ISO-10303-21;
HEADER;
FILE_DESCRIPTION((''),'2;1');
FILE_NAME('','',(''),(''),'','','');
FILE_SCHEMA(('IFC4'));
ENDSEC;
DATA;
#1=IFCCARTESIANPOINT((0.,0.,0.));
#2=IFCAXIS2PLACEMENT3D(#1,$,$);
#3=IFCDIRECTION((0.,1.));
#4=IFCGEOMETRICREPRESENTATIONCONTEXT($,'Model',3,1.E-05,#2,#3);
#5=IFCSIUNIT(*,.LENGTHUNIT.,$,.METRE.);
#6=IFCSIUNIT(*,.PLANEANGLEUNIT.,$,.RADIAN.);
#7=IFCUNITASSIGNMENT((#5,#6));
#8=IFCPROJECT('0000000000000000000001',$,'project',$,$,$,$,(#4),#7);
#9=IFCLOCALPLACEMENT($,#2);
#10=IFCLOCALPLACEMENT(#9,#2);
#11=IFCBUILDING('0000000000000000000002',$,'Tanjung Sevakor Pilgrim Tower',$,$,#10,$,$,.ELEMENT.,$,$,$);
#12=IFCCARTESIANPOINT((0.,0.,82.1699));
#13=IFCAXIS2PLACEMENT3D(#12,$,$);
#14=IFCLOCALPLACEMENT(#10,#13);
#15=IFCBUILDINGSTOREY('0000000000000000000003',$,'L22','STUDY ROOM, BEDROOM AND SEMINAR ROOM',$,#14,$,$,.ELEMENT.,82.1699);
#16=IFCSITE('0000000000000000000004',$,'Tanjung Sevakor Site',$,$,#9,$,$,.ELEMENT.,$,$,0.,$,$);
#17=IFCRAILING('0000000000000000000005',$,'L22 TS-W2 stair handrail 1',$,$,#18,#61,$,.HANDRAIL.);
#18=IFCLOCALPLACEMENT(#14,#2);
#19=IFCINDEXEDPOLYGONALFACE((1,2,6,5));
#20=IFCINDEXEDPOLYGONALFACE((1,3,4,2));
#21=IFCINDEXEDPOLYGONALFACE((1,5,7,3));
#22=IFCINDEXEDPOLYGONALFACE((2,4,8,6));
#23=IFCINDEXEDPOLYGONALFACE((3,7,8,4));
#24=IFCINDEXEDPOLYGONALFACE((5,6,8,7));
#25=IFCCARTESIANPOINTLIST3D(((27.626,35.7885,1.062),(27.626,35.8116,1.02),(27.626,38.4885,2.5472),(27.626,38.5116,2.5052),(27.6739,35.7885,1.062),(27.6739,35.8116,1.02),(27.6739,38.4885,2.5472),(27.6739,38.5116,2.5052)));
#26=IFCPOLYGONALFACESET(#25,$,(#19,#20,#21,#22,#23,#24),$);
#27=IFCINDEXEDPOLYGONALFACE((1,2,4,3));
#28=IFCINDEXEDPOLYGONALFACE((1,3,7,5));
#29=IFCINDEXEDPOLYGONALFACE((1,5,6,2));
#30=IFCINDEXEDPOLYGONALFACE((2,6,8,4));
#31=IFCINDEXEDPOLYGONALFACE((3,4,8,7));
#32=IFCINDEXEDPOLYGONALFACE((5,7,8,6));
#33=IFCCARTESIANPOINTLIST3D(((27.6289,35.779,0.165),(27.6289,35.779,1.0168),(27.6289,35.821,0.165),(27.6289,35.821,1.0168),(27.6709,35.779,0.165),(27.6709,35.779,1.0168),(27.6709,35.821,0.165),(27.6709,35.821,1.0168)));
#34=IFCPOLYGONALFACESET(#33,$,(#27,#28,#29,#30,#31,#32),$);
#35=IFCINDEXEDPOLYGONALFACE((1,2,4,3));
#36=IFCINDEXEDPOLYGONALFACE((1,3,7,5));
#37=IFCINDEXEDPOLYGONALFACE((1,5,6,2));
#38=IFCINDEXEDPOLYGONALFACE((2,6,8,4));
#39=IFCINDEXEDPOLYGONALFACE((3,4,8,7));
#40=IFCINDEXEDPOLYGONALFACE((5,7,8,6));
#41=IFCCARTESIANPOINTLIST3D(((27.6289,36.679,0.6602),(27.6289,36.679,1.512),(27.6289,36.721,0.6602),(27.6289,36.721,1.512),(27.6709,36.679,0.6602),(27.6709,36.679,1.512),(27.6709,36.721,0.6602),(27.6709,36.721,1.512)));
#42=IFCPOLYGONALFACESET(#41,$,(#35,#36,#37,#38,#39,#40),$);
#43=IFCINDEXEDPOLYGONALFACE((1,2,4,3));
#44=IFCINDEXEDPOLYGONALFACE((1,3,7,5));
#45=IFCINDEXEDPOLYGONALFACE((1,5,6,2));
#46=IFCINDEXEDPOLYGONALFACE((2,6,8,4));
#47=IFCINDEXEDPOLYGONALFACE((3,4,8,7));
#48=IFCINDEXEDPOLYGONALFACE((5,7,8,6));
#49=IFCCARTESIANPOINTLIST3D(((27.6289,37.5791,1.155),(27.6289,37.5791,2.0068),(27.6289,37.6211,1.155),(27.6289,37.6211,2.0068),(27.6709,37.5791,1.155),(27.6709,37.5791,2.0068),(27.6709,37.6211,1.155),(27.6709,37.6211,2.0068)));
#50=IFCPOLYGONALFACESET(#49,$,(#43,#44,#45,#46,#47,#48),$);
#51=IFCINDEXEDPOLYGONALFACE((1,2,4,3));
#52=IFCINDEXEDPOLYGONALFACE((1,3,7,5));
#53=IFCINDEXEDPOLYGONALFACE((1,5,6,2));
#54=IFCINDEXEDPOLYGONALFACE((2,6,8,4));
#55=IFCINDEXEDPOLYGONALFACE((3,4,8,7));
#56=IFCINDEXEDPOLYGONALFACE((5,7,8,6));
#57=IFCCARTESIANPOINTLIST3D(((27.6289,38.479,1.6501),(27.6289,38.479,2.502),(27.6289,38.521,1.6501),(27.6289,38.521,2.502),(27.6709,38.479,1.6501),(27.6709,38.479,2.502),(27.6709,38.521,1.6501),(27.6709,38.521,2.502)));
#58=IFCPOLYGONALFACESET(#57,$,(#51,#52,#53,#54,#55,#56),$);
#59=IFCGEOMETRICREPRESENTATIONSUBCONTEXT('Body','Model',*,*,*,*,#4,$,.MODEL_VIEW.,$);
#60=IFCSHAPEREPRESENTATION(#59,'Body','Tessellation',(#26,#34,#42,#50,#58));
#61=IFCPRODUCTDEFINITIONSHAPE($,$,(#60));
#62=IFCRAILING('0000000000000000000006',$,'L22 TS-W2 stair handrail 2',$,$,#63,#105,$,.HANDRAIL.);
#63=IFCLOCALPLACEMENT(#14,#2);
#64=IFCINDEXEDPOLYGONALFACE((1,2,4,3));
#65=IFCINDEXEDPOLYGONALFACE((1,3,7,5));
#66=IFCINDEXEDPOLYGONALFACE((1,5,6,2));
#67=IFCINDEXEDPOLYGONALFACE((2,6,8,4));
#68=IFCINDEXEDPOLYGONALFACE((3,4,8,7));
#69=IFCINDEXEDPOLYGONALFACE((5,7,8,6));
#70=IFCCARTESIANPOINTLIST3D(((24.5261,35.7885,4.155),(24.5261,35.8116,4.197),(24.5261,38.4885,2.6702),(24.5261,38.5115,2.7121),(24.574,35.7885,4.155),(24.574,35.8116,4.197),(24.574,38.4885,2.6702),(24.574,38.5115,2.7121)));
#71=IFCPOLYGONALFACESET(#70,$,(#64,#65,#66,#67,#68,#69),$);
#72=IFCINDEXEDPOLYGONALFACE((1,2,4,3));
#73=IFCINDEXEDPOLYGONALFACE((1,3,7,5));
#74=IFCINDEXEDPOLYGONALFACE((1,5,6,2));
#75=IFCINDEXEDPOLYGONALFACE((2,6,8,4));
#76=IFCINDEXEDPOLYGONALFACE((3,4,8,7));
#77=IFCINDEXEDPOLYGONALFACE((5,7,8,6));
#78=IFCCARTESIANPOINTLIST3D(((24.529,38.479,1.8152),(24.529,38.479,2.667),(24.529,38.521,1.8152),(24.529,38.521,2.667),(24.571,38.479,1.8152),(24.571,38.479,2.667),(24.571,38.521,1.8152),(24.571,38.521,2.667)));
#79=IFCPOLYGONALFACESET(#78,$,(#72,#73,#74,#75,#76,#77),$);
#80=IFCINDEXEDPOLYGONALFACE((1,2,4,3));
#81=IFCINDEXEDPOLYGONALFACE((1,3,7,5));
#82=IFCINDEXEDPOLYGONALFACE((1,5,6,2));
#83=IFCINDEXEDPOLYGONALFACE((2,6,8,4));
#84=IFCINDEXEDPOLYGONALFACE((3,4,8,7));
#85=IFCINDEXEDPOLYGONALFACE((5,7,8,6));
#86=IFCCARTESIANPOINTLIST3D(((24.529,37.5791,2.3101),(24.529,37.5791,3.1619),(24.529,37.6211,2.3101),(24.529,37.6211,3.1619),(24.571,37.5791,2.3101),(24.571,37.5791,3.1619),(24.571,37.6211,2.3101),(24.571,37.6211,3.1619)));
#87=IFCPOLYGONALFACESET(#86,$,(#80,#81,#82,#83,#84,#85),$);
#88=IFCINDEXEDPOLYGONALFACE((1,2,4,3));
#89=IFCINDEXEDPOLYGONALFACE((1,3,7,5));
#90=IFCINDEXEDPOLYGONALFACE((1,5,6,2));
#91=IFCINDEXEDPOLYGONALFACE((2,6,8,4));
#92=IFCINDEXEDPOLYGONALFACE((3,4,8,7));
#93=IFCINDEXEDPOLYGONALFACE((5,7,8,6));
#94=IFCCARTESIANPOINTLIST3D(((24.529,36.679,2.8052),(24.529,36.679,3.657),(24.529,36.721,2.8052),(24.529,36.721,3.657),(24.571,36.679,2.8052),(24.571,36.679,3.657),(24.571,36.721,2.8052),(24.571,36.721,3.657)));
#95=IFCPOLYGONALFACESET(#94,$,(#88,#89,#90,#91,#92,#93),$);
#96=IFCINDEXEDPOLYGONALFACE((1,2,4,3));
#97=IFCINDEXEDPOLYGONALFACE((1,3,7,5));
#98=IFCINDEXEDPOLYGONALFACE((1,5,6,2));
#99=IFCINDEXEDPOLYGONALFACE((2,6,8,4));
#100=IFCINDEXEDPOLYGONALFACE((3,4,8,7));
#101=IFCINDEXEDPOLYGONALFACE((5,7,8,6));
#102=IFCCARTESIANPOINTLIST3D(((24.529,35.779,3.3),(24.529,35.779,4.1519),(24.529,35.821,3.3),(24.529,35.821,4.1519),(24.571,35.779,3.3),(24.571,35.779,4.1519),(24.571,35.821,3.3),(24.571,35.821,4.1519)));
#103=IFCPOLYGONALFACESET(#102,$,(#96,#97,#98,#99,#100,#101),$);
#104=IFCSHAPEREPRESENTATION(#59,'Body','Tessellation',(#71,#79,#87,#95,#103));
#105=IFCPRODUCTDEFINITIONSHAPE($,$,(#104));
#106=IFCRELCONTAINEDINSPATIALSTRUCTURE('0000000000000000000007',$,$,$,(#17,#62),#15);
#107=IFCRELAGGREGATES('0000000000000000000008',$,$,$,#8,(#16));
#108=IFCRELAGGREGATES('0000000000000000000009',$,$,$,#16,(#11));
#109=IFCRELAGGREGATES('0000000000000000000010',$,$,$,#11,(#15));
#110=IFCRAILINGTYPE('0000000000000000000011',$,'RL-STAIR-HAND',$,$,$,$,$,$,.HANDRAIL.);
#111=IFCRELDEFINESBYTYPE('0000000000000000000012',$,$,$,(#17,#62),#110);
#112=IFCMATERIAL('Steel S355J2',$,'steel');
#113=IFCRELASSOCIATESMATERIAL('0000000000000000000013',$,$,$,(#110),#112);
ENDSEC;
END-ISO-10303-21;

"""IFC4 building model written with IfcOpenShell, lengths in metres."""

from ifc_helpers import new_model, si_unit, direction, frame, origin, place, context, subcontext, project, spatial, rectangle, extrude, material, type_object, element, save


model = new_model("IFC4")

# Units and contexts
model_context = context("Model", 3, precision=1e-05, world=origin(), true_north=direction((0.0, 1.0)))
body_context = subcontext(model_context, "Body", "Model", "MODEL_VIEW")
ifc_project = project(units=[si_unit("LENGTHUNIT", "METRE"), si_unit("PLANEANGLEUNIT", "RADIAN")], contexts=[model_context])

# Site, building, storey
site_placement = place(None, origin())
site = spatial("IfcSite", under=ifc_project, at=site_placement, Name="Tanjung Sevakor Site", CompositionType="ELEMENT", RefElevation=0.0)
building_placement = place(site_placement, origin())
building = spatial("IfcBuilding", under=site, at=building_placement, Name="Tanjung Sevakor Pilgrim Tower", CompositionType="ELEMENT")
storey_placement = place(building_placement, frame((0.0, 0.0, 82.1699)))
storey = spatial("IfcBuildingStorey", under=building, at=storey_placement, Name="L22", Description="STUDY ROOM, BEDROOM AND SEMINAR ROOM", CompositionType="ELEMENT", Elevation=82.1699)

# Railings
ifc_material_1 = material(Name="Steel S355J2", Category="steel")
railing_type_1 = type_object("IfcRailingType", Name="RL-STAIR-HAND", PredefinedType="HANDRAIL", material=ifc_material_1)
railing_1_placement = place(storey_placement, frame((27.6499, 35.8, 0.165)))
element("IfcRailing", 1, at=railing_1_placement, inside=storey, type_object=railing_type_1, Name="L22 TS-W2 stair handrail 1", PredefinedType="HANDRAIL", context=body_context, shape_type="SweptSolid", body=[
    extrude(rectangle(XDim=0.0479, YDim=0.0479), frame((0.0, 0.0, 0.876), z_axis=(0.0, 0.876198, 0.481952), x_axis=(-1.0, 0.0, 0.0)), (0.0, 0.0, 1.0), 3.0815),
    extrude(rectangle(XDim=0.042, YDim=0.042), origin(), (0.0, 0.0, 1.0), 0.8518),
    extrude(rectangle(XDim=0.042, YDim=0.042), frame((0.0, 0.8999, 0.4951)), (0.0, 0.0, 1.0), 0.8518),
    extrude(rectangle(XDim=0.042, YDim=0.042), frame((0.0, 1.8, 0.99)), (0.0, 0.0, 1.0), 0.8518),
    extrude(rectangle(XDim=0.042, YDim=0.042), frame((0.0, 2.7, 1.4851)), (0.0, 0.0, 1.0), 0.8518),
])
railing_2_placement = place(storey_placement, frame((24.55, 38.5, 1.8152)))
element("IfcRailing", 2, at=railing_2_placement, inside=storey, type_object=railing_type_1, Name="L22 TS-W2 stair handrail 2", PredefinedType="HANDRAIL", context=body_context, shape_type="SweptSolid", body=[
    extrude(rectangle(XDim=0.0479, YDim=0.0479), frame((0.0, 0.0, 0.876), z_axis=(0.0, -0.876231, 0.481891), x_axis=(1.0, 0.0, 0.0)), (0.0, 0.0, 1.0), 3.0813),
    extrude(rectangle(XDim=0.042, YDim=0.042), origin(), (0.0, 0.0, 1.0), 0.8518),
    extrude(rectangle(XDim=0.042, YDim=0.042), frame((0.0, -0.8999, 0.4949)), (0.0, 0.0, 1.0), 0.8518),
    extrude(rectangle(XDim=0.042, YDim=0.042), frame((0.0, -1.8, 0.99)), (0.0, 0.0, 1.0), 0.8518),
    extrude(rectangle(XDim=0.042, YDim=0.042), frame((0.0, -2.7, 1.4849)), (0.0, 0.0, 1.0), 0.8518),
])

save(model, "model.ifc")
